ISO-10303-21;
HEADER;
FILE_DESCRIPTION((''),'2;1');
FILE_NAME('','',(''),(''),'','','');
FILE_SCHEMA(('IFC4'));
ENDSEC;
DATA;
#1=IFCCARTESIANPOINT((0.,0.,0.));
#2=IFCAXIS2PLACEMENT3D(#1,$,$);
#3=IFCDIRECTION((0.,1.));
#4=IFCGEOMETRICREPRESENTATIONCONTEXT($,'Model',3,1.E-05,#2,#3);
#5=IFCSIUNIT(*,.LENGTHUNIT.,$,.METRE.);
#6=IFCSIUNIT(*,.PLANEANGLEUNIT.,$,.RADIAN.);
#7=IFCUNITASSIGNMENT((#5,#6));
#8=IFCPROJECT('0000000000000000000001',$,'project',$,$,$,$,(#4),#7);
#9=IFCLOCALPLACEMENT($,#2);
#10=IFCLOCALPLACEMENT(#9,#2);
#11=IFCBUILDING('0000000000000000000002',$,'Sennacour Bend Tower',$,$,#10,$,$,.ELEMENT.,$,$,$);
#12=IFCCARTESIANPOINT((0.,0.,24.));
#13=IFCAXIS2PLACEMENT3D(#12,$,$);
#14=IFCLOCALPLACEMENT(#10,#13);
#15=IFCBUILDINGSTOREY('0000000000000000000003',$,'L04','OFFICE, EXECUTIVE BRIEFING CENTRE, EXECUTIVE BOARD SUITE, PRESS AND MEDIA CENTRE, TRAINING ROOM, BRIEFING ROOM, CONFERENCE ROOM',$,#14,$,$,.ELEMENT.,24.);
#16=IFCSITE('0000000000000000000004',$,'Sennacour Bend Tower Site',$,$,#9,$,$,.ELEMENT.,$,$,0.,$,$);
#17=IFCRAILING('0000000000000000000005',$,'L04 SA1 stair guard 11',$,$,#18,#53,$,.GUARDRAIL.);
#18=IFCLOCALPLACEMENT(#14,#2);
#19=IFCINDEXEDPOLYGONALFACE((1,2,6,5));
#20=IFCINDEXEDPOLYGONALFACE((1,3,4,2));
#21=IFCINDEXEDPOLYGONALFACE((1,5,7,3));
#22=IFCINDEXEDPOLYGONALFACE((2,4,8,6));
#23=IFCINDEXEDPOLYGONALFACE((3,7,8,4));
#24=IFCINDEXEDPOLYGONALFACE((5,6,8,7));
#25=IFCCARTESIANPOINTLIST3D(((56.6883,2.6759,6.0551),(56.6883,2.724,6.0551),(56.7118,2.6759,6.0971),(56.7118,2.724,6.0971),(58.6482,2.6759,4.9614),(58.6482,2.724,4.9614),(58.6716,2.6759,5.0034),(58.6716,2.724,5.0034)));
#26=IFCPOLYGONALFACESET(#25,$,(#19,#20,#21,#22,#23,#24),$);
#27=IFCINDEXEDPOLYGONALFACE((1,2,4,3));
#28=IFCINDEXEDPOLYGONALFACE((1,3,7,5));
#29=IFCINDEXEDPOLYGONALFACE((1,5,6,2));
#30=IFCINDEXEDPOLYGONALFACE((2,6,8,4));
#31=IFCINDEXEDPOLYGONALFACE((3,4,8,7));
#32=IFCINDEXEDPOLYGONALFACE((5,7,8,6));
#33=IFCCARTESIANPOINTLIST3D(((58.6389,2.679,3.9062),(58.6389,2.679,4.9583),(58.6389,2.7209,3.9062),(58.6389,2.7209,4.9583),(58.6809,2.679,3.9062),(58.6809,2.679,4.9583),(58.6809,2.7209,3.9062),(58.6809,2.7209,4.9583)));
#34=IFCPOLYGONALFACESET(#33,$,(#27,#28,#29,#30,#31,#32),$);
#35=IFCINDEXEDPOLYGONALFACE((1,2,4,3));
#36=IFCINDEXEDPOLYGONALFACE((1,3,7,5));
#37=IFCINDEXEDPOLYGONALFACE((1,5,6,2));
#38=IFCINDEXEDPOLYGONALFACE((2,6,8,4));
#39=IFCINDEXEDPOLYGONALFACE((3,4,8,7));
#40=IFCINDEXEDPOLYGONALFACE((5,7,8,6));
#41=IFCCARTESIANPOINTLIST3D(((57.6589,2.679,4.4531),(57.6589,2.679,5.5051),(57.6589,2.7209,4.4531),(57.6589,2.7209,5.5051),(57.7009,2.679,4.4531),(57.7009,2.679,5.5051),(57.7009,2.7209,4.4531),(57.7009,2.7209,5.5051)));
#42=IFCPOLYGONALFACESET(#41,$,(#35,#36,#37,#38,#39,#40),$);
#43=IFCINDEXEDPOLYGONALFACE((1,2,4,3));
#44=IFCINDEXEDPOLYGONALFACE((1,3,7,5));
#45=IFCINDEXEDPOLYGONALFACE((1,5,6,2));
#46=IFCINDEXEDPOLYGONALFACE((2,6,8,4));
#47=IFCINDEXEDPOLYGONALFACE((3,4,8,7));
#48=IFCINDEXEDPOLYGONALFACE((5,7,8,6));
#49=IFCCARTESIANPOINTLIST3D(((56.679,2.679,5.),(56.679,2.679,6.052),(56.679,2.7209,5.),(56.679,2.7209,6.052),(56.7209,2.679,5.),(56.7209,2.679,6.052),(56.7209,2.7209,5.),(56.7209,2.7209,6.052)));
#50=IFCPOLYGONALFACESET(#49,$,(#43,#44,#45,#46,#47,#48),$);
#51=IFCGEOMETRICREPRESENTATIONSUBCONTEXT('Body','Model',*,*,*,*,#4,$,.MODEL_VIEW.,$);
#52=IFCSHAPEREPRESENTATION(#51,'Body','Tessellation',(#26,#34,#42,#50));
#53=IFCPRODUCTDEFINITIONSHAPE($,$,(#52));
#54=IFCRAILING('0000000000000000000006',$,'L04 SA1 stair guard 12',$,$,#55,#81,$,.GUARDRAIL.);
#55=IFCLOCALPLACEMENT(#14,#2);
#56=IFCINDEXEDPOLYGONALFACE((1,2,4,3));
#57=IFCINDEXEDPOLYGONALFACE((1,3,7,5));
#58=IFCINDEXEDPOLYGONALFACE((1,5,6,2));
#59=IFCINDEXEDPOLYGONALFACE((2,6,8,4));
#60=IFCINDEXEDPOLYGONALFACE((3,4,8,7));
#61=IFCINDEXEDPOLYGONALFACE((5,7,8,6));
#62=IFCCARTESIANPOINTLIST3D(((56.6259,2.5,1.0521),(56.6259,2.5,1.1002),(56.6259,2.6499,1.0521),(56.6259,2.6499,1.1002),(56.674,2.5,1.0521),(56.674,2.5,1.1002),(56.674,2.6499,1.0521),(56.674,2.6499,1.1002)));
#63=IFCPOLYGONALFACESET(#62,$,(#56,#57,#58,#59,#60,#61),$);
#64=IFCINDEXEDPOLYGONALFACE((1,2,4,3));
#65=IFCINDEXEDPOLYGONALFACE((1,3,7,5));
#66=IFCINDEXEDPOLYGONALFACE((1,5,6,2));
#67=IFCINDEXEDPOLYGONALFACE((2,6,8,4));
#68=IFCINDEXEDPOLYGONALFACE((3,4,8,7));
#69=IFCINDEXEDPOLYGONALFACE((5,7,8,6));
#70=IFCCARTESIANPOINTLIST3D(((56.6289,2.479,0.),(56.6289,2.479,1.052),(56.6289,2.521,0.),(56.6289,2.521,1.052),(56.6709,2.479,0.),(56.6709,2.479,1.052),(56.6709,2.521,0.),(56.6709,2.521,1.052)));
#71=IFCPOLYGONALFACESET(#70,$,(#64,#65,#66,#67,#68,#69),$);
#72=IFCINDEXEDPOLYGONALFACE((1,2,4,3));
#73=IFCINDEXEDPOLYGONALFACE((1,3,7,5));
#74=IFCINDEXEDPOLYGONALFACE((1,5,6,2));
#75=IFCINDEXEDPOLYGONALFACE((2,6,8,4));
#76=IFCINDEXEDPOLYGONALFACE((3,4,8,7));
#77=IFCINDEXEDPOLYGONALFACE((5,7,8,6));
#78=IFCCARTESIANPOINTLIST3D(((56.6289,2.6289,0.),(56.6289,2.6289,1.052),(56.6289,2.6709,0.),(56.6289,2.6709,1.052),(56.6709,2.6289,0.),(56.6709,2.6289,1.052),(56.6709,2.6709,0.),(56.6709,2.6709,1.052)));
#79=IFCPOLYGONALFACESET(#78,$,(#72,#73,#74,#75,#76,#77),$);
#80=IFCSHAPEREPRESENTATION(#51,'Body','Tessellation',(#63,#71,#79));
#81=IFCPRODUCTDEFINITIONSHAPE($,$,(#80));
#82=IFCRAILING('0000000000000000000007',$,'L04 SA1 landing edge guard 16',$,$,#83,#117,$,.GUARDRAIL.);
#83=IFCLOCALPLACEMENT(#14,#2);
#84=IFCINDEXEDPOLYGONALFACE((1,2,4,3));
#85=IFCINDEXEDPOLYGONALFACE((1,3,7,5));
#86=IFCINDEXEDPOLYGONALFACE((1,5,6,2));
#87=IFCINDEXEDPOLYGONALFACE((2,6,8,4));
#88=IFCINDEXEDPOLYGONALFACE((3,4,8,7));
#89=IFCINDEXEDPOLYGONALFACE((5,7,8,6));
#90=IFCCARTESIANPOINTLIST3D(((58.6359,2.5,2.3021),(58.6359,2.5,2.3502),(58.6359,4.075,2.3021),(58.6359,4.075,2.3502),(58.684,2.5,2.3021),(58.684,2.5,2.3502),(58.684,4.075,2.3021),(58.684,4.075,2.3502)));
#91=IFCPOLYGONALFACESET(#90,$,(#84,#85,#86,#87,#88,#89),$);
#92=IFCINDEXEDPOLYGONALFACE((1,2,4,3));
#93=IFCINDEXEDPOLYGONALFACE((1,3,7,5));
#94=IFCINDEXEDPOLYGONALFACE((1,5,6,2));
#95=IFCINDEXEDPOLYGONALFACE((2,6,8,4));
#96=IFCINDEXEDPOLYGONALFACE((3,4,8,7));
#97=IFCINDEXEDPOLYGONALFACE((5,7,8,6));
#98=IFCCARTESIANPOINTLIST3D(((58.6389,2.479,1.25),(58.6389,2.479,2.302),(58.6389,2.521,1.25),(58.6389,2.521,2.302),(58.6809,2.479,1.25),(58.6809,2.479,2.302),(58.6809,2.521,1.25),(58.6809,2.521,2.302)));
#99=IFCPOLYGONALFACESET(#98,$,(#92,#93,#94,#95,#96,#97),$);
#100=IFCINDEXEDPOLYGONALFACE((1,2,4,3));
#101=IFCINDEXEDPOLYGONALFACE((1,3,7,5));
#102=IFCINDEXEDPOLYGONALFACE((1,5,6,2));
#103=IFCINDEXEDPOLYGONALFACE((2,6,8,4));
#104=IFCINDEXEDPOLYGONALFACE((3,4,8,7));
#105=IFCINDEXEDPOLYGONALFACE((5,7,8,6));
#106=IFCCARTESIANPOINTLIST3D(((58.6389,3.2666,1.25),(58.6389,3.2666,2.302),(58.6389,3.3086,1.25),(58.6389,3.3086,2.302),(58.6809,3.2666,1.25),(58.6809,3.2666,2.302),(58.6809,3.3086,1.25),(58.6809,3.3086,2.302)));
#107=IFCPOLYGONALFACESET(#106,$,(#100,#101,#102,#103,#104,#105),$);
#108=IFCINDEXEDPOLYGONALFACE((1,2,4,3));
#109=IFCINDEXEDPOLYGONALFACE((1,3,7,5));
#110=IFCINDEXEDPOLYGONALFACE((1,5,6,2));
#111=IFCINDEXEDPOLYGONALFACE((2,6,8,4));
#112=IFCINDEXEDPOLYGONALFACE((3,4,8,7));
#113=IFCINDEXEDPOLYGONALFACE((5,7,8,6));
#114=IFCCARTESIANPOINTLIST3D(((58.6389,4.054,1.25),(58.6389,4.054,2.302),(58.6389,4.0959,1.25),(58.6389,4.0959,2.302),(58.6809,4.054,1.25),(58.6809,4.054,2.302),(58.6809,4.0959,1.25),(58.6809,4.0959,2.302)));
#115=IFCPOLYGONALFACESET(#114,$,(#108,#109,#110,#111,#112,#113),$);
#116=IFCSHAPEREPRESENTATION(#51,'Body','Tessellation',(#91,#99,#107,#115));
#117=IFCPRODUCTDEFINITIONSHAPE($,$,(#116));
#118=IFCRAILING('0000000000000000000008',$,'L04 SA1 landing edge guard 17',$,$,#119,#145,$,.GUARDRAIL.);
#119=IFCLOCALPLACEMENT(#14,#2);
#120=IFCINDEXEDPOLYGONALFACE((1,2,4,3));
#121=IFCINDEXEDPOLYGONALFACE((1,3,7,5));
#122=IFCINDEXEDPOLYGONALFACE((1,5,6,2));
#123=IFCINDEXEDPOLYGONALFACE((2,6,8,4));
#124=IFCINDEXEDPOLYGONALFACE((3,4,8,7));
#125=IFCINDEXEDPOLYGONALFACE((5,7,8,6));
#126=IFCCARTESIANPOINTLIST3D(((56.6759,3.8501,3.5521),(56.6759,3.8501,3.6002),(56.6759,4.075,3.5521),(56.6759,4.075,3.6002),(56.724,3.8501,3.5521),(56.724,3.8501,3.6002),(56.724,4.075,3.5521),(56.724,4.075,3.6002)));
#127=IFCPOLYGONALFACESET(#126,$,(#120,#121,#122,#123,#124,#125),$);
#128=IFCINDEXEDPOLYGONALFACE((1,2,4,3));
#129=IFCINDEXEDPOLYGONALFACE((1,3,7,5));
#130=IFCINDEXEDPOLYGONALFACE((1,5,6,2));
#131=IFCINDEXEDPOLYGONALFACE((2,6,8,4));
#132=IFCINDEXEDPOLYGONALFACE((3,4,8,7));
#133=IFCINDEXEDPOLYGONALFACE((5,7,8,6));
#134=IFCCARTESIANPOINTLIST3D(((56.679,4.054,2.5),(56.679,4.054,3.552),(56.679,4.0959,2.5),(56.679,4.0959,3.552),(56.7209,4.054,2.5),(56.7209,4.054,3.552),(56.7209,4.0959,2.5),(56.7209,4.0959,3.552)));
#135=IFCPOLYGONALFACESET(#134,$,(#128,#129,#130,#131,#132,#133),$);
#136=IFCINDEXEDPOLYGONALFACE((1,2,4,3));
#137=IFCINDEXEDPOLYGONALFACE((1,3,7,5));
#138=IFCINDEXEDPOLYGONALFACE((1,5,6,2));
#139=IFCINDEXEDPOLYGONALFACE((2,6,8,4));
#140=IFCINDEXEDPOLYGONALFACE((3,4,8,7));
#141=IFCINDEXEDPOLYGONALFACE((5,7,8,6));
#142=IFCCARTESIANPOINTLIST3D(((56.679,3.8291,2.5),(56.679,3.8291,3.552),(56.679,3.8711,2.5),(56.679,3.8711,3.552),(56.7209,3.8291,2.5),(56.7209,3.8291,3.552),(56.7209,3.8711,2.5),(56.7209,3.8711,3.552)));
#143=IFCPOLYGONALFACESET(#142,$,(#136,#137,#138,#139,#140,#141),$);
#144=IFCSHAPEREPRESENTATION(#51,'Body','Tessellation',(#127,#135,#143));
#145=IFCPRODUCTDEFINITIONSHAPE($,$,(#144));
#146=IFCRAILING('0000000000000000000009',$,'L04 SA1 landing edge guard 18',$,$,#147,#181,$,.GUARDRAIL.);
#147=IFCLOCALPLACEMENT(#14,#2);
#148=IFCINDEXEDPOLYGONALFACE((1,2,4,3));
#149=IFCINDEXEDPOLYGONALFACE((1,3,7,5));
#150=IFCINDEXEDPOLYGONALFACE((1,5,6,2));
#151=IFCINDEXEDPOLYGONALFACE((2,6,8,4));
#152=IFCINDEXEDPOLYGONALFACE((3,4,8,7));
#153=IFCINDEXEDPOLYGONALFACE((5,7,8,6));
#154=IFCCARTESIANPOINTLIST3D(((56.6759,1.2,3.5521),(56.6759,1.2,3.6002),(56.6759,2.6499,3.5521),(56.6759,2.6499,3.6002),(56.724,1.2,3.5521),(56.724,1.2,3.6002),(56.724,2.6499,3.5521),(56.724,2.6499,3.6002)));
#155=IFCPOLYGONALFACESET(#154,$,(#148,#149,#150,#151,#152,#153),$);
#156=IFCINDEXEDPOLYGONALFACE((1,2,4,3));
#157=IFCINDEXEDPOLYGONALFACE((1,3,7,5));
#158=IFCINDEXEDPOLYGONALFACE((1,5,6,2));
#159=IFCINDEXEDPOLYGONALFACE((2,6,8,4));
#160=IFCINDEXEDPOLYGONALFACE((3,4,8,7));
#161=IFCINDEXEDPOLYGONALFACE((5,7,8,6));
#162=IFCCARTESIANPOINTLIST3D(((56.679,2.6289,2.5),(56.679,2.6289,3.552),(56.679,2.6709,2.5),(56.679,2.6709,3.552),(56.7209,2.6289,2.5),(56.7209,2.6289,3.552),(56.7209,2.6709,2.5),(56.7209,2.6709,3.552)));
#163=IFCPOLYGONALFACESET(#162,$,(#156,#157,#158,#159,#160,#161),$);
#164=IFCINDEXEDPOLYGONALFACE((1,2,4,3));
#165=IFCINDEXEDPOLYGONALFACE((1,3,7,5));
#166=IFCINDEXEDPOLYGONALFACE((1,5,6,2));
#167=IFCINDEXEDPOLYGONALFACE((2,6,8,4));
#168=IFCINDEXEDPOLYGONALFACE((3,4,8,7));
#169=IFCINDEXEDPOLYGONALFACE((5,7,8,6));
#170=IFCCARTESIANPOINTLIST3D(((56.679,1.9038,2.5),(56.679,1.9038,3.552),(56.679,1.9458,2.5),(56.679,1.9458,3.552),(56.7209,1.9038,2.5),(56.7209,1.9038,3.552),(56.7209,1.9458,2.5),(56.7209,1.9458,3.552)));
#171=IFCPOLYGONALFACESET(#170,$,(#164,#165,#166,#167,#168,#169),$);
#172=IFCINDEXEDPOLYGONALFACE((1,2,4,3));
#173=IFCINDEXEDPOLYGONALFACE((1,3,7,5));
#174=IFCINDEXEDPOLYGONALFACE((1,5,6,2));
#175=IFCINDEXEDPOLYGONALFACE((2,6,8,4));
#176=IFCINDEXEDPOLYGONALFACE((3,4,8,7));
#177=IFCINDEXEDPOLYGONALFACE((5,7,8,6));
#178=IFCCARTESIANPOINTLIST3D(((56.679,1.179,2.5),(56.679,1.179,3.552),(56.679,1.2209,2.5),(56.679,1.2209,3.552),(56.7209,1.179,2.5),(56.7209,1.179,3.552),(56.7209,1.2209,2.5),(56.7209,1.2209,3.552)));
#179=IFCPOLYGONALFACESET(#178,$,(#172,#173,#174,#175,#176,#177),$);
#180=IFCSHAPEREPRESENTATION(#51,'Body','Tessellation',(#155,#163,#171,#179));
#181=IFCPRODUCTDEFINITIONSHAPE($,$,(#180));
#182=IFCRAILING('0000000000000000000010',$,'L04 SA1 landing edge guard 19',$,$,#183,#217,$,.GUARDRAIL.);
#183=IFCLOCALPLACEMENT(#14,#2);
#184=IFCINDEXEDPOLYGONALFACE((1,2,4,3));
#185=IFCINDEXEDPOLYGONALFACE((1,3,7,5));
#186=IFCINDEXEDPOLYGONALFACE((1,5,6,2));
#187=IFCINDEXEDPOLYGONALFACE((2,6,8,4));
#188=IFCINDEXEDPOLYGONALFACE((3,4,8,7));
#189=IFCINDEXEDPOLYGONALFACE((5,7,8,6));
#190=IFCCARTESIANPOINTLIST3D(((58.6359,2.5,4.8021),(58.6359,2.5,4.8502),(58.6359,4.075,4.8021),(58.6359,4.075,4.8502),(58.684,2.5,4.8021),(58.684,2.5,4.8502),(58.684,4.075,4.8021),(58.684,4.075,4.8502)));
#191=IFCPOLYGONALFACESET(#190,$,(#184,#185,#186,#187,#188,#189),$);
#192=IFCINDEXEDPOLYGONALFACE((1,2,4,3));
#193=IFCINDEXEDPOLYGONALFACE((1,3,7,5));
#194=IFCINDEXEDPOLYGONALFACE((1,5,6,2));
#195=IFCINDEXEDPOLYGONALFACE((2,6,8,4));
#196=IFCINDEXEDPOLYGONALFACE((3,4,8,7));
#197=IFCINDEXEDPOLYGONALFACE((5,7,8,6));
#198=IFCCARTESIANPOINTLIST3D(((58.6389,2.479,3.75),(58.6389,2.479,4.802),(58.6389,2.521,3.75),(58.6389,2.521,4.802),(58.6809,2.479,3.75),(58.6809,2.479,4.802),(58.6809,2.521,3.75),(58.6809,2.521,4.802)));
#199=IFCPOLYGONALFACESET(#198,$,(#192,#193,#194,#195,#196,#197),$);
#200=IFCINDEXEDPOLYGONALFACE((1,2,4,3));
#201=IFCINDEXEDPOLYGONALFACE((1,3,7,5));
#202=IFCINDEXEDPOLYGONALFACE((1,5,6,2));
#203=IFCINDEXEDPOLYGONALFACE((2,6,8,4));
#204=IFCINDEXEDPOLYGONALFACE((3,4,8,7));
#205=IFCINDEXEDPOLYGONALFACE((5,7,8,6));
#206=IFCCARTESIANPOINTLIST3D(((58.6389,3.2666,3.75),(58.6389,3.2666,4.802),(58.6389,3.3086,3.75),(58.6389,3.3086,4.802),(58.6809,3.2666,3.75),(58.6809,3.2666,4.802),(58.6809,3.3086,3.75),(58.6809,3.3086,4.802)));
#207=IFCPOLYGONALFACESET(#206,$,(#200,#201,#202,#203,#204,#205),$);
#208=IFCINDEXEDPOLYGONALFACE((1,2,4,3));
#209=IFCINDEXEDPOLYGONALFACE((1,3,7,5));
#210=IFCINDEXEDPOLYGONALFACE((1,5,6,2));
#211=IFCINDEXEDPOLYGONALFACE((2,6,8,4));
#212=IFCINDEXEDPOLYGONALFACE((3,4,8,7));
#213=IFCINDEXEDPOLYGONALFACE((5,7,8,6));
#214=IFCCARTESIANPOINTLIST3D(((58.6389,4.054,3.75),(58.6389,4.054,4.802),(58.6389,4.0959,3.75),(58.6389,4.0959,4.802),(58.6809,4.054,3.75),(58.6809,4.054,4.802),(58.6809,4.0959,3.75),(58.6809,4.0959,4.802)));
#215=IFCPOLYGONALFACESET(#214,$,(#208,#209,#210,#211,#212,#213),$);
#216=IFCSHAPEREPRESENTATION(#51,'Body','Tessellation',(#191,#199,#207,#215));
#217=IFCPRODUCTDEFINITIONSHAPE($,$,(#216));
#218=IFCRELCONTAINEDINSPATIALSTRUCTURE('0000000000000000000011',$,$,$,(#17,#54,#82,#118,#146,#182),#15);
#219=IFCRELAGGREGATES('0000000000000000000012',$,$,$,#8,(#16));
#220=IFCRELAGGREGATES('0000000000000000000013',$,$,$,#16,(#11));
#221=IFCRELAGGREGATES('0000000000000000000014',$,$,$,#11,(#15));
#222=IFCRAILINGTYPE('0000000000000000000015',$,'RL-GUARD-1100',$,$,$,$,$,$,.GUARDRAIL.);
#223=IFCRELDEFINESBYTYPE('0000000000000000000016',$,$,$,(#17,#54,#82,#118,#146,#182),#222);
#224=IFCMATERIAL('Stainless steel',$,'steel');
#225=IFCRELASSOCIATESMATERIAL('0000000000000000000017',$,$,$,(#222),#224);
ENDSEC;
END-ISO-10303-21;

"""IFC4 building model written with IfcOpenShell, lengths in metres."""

from ifc_helpers import new_model, si_unit, direction, frame, origin, origin_2d, place, context, subcontext, project, spatial, rectangle, extrude, material, type_object, element, save


model = new_model("IFC4")

# Units and contexts
model_context = context("Model", 3, precision=1e-05, world=origin(), true_north=direction((0.0, 1.0)))
body_context = subcontext(model_context, "Body", "Model", "MODEL_VIEW")
ifc_project = project(units=[si_unit("LENGTHUNIT", "METRE"), si_unit("PLANEANGLEUNIT", "RADIAN")], contexts=[model_context])

# Site, building, storey
site_placement = place(None, origin())
site = spatial("IfcSite", under=ifc_project, at=site_placement, Name="Sennacour Bend Tower Site", CompositionType="ELEMENT", RefElevation=0.0)
building_placement = place(site_placement, origin())
building = spatial("IfcBuilding", under=site, at=building_placement, Name="Sennacour Bend Tower", CompositionType="ELEMENT")
storey_placement = place(building_placement, frame((0.0, 0.0, 24.0)))
storey = spatial("IfcBuildingStorey", under=building, at=storey_placement, Name="L04", Description="OFFICE, EXECUTIVE BRIEFING CENTRE, EXECUTIVE BOARD SUITE, PRESS AND MEDIA CENTRE, TRAINING ROOM, BRIEFING ROOM, CONFERENCE ROOM", CompositionType="ELEMENT", Elevation=24.0)

# Shared definitions
ifc_material_1 = material(Name="Stainless steel", Category="steel")

# Railings
railing_type_1 = type_object("IfcRailingType", Name="RL-GUARD-1100", PredefinedType="GUARDRAIL", material=ifc_material_1)
railing_1_placement = place(storey_placement, frame((58.6599, 2.7, 3.9062)))
element("IfcRailing", 1, at=railing_1_placement, inside=storey, type_object=railing_type_1, Name="L04 SA1 stair guard 11", PredefinedType="GUARDRAIL", context=body_context, shape_type="SweptSolid", body=[
    extrude(rectangle(XDim=0.0481, YDim=0.0481, at=origin_2d()), frame((0.0, 0.0, 1.0762), z_axis=(-0.873232, 0.0, 0.487304), x_axis=(0.0, -1.0, 0.0)), (0.0, 0.0, 1.0), 2.2444),
    extrude(rectangle(XDim=0.042, YDim=0.042, at=origin_2d()), origin(), (0.0, 0.0, 1.0), 1.052),
    extrude(rectangle(XDim=0.042, YDim=0.042, at=origin_2d()), frame((-0.98, 0.0, 0.5469)), (0.0, 0.0, 1.0), 1.052),
    extrude(rectangle(XDim=0.042, YDim=0.042, at=origin_2d()), frame((-1.96, 0.0, 1.0938)), (0.0, 0.0, 1.0), 1.052),
])
railing_2_placement = place(storey_placement, frame((56.6499, 2.5, 0.0)))
element("IfcRailing", 2, at=railing_2_placement, inside=storey, type_object=railing_type_1, Name="L04 SA1 stair guard 12", PredefinedType="GUARDRAIL", context=body_context, shape_type="SweptSolid", body=[
    extrude(rectangle(XDim=0.0481, YDim=0.0481, at=origin_2d()), frame((0.0, 0.0, 1.0762), z_axis=(0.0, 1.0, 0.0), x_axis=(-1.0, 0.0, 0.0)), (0.0, 0.0, 1.0), 0.1499),
    extrude(rectangle(XDim=0.042, YDim=0.042, at=origin_2d()), origin(), (0.0, 0.0, 1.0), 1.052),
    extrude(rectangle(XDim=0.042, YDim=0.042, at=origin_2d()), frame((0.0, 0.1499, 0.0)), (0.0, 0.0, 1.0), 1.052),
])
railing_3_placement = place(storey_placement, frame((58.6599, 2.5, 1.25)))
element("IfcRailing", 3, at=railing_3_placement, inside=storey, type_object=railing_type_1, Name="L04 SA1 landing edge guard 16", PredefinedType="GUARDRAIL", context=body_context, shape_type="SweptSolid", body=[
    extrude(rectangle(XDim=0.0481, YDim=0.0481, at=origin_2d()), frame((0.0, 0.0, 1.0762), z_axis=(0.0, 1.0, 0.0), x_axis=(-1.0, 0.0, 0.0)), (0.0, 0.0, 1.0), 1.575),
    extrude(rectangle(XDim=0.042, YDim=0.042, at=origin_2d()), origin(), (0.0, 0.0, 1.0), 1.052),
    extrude(rectangle(XDim=0.042, YDim=0.042, at=origin_2d()), frame((0.0, 0.7876, 0.0)), (0.0, 0.0, 1.0), 1.052),
    extrude(rectangle(XDim=0.042, YDim=0.042, at=origin_2d()), frame((0.0, 1.575, 0.0)), (0.0, 0.0, 1.0), 1.052),
])
railing_4_placement = place(storey_placement, frame((56.7, 4.075, 2.5)))
element("IfcRailing", 4, at=railing_4_placement, inside=storey, type_object=railing_type_1, Name="L04 SA1 landing edge guard 17", PredefinedType="GUARDRAIL", context=body_context, shape_type="SweptSolid", body=[
    extrude(rectangle(XDim=0.0481, YDim=0.0481, at=origin_2d()), frame((0.0, 0.0, 1.0762), z_axis=(0.0, -1.0, 0.0), x_axis=(1.0, 0.0, 0.0)), (0.0, 0.0, 1.0), 0.2249),
    extrude(rectangle(XDim=0.042, YDim=0.042, at=origin_2d()), origin(), (0.0, 0.0, 1.0), 1.052),
    extrude(rectangle(XDim=0.042, YDim=0.042, at=origin_2d()), frame((0.0, -0.2249, 0.0)), (0.0, 0.0, 1.0), 1.052),
])
railing_5_placement = place(storey_placement, frame((56.7, 2.6499, 2.5)))
element("IfcRailing", 5, at=railing_5_placement, inside=storey, type_object=railing_type_1, Name="L04 SA1 landing edge guard 18", PredefinedType="GUARDRAIL", context=body_context, shape_type="SweptSolid", body=[
    extrude(rectangle(XDim=0.0481, YDim=0.0481, at=origin_2d()), frame((0.0, 0.0, 1.0762), z_axis=(0.0, -1.0, 0.0), x_axis=(1.0, 0.0, 0.0)), (0.0, 0.0, 1.0), 1.45),
    extrude(rectangle(XDim=0.042, YDim=0.042, at=origin_2d()), origin(), (0.0, 0.0, 1.0), 1.052),
    extrude(rectangle(XDim=0.042, YDim=0.042, at=origin_2d()), frame((0.0, -0.7251, 0.0)), (0.0, 0.0, 1.0), 1.052),
    extrude(rectangle(XDim=0.042, YDim=0.042, at=origin_2d()), frame((0.0, -1.45, 0.0)), (0.0, 0.0, 1.0), 1.052),
])
railing_6_placement = place(storey_placement, frame((58.6599, 2.5, 3.75)))
element("IfcRailing", 6, at=railing_6_placement, inside=storey, type_object=railing_type_1, Name="L04 SA1 landing edge guard 19", PredefinedType="GUARDRAIL", context=body_context, shape_type="SweptSolid", body=[
    extrude(rectangle(XDim=0.0481, YDim=0.0481, at=origin_2d()), frame((0.0, 0.0, 1.0762), z_axis=(0.0, 1.0, 0.0), x_axis=(-1.0, 0.0, 0.0)), (0.0, 0.0, 1.0), 1.575),
    extrude(rectangle(XDim=0.042, YDim=0.042, at=origin_2d()), origin(), (0.0, 0.0, 1.0), 1.052),
    extrude(rectangle(XDim=0.042, YDim=0.042, at=origin_2d()), frame((0.0, 0.7876, 0.0)), (0.0, 0.0, 1.0), 1.052),
    extrude(rectangle(XDim=0.042, YDim=0.042, at=origin_2d()), frame((0.0, 1.575, 0.0)), (0.0, 0.0, 1.0), 1.052),
])

save(model, "model.ifc")
